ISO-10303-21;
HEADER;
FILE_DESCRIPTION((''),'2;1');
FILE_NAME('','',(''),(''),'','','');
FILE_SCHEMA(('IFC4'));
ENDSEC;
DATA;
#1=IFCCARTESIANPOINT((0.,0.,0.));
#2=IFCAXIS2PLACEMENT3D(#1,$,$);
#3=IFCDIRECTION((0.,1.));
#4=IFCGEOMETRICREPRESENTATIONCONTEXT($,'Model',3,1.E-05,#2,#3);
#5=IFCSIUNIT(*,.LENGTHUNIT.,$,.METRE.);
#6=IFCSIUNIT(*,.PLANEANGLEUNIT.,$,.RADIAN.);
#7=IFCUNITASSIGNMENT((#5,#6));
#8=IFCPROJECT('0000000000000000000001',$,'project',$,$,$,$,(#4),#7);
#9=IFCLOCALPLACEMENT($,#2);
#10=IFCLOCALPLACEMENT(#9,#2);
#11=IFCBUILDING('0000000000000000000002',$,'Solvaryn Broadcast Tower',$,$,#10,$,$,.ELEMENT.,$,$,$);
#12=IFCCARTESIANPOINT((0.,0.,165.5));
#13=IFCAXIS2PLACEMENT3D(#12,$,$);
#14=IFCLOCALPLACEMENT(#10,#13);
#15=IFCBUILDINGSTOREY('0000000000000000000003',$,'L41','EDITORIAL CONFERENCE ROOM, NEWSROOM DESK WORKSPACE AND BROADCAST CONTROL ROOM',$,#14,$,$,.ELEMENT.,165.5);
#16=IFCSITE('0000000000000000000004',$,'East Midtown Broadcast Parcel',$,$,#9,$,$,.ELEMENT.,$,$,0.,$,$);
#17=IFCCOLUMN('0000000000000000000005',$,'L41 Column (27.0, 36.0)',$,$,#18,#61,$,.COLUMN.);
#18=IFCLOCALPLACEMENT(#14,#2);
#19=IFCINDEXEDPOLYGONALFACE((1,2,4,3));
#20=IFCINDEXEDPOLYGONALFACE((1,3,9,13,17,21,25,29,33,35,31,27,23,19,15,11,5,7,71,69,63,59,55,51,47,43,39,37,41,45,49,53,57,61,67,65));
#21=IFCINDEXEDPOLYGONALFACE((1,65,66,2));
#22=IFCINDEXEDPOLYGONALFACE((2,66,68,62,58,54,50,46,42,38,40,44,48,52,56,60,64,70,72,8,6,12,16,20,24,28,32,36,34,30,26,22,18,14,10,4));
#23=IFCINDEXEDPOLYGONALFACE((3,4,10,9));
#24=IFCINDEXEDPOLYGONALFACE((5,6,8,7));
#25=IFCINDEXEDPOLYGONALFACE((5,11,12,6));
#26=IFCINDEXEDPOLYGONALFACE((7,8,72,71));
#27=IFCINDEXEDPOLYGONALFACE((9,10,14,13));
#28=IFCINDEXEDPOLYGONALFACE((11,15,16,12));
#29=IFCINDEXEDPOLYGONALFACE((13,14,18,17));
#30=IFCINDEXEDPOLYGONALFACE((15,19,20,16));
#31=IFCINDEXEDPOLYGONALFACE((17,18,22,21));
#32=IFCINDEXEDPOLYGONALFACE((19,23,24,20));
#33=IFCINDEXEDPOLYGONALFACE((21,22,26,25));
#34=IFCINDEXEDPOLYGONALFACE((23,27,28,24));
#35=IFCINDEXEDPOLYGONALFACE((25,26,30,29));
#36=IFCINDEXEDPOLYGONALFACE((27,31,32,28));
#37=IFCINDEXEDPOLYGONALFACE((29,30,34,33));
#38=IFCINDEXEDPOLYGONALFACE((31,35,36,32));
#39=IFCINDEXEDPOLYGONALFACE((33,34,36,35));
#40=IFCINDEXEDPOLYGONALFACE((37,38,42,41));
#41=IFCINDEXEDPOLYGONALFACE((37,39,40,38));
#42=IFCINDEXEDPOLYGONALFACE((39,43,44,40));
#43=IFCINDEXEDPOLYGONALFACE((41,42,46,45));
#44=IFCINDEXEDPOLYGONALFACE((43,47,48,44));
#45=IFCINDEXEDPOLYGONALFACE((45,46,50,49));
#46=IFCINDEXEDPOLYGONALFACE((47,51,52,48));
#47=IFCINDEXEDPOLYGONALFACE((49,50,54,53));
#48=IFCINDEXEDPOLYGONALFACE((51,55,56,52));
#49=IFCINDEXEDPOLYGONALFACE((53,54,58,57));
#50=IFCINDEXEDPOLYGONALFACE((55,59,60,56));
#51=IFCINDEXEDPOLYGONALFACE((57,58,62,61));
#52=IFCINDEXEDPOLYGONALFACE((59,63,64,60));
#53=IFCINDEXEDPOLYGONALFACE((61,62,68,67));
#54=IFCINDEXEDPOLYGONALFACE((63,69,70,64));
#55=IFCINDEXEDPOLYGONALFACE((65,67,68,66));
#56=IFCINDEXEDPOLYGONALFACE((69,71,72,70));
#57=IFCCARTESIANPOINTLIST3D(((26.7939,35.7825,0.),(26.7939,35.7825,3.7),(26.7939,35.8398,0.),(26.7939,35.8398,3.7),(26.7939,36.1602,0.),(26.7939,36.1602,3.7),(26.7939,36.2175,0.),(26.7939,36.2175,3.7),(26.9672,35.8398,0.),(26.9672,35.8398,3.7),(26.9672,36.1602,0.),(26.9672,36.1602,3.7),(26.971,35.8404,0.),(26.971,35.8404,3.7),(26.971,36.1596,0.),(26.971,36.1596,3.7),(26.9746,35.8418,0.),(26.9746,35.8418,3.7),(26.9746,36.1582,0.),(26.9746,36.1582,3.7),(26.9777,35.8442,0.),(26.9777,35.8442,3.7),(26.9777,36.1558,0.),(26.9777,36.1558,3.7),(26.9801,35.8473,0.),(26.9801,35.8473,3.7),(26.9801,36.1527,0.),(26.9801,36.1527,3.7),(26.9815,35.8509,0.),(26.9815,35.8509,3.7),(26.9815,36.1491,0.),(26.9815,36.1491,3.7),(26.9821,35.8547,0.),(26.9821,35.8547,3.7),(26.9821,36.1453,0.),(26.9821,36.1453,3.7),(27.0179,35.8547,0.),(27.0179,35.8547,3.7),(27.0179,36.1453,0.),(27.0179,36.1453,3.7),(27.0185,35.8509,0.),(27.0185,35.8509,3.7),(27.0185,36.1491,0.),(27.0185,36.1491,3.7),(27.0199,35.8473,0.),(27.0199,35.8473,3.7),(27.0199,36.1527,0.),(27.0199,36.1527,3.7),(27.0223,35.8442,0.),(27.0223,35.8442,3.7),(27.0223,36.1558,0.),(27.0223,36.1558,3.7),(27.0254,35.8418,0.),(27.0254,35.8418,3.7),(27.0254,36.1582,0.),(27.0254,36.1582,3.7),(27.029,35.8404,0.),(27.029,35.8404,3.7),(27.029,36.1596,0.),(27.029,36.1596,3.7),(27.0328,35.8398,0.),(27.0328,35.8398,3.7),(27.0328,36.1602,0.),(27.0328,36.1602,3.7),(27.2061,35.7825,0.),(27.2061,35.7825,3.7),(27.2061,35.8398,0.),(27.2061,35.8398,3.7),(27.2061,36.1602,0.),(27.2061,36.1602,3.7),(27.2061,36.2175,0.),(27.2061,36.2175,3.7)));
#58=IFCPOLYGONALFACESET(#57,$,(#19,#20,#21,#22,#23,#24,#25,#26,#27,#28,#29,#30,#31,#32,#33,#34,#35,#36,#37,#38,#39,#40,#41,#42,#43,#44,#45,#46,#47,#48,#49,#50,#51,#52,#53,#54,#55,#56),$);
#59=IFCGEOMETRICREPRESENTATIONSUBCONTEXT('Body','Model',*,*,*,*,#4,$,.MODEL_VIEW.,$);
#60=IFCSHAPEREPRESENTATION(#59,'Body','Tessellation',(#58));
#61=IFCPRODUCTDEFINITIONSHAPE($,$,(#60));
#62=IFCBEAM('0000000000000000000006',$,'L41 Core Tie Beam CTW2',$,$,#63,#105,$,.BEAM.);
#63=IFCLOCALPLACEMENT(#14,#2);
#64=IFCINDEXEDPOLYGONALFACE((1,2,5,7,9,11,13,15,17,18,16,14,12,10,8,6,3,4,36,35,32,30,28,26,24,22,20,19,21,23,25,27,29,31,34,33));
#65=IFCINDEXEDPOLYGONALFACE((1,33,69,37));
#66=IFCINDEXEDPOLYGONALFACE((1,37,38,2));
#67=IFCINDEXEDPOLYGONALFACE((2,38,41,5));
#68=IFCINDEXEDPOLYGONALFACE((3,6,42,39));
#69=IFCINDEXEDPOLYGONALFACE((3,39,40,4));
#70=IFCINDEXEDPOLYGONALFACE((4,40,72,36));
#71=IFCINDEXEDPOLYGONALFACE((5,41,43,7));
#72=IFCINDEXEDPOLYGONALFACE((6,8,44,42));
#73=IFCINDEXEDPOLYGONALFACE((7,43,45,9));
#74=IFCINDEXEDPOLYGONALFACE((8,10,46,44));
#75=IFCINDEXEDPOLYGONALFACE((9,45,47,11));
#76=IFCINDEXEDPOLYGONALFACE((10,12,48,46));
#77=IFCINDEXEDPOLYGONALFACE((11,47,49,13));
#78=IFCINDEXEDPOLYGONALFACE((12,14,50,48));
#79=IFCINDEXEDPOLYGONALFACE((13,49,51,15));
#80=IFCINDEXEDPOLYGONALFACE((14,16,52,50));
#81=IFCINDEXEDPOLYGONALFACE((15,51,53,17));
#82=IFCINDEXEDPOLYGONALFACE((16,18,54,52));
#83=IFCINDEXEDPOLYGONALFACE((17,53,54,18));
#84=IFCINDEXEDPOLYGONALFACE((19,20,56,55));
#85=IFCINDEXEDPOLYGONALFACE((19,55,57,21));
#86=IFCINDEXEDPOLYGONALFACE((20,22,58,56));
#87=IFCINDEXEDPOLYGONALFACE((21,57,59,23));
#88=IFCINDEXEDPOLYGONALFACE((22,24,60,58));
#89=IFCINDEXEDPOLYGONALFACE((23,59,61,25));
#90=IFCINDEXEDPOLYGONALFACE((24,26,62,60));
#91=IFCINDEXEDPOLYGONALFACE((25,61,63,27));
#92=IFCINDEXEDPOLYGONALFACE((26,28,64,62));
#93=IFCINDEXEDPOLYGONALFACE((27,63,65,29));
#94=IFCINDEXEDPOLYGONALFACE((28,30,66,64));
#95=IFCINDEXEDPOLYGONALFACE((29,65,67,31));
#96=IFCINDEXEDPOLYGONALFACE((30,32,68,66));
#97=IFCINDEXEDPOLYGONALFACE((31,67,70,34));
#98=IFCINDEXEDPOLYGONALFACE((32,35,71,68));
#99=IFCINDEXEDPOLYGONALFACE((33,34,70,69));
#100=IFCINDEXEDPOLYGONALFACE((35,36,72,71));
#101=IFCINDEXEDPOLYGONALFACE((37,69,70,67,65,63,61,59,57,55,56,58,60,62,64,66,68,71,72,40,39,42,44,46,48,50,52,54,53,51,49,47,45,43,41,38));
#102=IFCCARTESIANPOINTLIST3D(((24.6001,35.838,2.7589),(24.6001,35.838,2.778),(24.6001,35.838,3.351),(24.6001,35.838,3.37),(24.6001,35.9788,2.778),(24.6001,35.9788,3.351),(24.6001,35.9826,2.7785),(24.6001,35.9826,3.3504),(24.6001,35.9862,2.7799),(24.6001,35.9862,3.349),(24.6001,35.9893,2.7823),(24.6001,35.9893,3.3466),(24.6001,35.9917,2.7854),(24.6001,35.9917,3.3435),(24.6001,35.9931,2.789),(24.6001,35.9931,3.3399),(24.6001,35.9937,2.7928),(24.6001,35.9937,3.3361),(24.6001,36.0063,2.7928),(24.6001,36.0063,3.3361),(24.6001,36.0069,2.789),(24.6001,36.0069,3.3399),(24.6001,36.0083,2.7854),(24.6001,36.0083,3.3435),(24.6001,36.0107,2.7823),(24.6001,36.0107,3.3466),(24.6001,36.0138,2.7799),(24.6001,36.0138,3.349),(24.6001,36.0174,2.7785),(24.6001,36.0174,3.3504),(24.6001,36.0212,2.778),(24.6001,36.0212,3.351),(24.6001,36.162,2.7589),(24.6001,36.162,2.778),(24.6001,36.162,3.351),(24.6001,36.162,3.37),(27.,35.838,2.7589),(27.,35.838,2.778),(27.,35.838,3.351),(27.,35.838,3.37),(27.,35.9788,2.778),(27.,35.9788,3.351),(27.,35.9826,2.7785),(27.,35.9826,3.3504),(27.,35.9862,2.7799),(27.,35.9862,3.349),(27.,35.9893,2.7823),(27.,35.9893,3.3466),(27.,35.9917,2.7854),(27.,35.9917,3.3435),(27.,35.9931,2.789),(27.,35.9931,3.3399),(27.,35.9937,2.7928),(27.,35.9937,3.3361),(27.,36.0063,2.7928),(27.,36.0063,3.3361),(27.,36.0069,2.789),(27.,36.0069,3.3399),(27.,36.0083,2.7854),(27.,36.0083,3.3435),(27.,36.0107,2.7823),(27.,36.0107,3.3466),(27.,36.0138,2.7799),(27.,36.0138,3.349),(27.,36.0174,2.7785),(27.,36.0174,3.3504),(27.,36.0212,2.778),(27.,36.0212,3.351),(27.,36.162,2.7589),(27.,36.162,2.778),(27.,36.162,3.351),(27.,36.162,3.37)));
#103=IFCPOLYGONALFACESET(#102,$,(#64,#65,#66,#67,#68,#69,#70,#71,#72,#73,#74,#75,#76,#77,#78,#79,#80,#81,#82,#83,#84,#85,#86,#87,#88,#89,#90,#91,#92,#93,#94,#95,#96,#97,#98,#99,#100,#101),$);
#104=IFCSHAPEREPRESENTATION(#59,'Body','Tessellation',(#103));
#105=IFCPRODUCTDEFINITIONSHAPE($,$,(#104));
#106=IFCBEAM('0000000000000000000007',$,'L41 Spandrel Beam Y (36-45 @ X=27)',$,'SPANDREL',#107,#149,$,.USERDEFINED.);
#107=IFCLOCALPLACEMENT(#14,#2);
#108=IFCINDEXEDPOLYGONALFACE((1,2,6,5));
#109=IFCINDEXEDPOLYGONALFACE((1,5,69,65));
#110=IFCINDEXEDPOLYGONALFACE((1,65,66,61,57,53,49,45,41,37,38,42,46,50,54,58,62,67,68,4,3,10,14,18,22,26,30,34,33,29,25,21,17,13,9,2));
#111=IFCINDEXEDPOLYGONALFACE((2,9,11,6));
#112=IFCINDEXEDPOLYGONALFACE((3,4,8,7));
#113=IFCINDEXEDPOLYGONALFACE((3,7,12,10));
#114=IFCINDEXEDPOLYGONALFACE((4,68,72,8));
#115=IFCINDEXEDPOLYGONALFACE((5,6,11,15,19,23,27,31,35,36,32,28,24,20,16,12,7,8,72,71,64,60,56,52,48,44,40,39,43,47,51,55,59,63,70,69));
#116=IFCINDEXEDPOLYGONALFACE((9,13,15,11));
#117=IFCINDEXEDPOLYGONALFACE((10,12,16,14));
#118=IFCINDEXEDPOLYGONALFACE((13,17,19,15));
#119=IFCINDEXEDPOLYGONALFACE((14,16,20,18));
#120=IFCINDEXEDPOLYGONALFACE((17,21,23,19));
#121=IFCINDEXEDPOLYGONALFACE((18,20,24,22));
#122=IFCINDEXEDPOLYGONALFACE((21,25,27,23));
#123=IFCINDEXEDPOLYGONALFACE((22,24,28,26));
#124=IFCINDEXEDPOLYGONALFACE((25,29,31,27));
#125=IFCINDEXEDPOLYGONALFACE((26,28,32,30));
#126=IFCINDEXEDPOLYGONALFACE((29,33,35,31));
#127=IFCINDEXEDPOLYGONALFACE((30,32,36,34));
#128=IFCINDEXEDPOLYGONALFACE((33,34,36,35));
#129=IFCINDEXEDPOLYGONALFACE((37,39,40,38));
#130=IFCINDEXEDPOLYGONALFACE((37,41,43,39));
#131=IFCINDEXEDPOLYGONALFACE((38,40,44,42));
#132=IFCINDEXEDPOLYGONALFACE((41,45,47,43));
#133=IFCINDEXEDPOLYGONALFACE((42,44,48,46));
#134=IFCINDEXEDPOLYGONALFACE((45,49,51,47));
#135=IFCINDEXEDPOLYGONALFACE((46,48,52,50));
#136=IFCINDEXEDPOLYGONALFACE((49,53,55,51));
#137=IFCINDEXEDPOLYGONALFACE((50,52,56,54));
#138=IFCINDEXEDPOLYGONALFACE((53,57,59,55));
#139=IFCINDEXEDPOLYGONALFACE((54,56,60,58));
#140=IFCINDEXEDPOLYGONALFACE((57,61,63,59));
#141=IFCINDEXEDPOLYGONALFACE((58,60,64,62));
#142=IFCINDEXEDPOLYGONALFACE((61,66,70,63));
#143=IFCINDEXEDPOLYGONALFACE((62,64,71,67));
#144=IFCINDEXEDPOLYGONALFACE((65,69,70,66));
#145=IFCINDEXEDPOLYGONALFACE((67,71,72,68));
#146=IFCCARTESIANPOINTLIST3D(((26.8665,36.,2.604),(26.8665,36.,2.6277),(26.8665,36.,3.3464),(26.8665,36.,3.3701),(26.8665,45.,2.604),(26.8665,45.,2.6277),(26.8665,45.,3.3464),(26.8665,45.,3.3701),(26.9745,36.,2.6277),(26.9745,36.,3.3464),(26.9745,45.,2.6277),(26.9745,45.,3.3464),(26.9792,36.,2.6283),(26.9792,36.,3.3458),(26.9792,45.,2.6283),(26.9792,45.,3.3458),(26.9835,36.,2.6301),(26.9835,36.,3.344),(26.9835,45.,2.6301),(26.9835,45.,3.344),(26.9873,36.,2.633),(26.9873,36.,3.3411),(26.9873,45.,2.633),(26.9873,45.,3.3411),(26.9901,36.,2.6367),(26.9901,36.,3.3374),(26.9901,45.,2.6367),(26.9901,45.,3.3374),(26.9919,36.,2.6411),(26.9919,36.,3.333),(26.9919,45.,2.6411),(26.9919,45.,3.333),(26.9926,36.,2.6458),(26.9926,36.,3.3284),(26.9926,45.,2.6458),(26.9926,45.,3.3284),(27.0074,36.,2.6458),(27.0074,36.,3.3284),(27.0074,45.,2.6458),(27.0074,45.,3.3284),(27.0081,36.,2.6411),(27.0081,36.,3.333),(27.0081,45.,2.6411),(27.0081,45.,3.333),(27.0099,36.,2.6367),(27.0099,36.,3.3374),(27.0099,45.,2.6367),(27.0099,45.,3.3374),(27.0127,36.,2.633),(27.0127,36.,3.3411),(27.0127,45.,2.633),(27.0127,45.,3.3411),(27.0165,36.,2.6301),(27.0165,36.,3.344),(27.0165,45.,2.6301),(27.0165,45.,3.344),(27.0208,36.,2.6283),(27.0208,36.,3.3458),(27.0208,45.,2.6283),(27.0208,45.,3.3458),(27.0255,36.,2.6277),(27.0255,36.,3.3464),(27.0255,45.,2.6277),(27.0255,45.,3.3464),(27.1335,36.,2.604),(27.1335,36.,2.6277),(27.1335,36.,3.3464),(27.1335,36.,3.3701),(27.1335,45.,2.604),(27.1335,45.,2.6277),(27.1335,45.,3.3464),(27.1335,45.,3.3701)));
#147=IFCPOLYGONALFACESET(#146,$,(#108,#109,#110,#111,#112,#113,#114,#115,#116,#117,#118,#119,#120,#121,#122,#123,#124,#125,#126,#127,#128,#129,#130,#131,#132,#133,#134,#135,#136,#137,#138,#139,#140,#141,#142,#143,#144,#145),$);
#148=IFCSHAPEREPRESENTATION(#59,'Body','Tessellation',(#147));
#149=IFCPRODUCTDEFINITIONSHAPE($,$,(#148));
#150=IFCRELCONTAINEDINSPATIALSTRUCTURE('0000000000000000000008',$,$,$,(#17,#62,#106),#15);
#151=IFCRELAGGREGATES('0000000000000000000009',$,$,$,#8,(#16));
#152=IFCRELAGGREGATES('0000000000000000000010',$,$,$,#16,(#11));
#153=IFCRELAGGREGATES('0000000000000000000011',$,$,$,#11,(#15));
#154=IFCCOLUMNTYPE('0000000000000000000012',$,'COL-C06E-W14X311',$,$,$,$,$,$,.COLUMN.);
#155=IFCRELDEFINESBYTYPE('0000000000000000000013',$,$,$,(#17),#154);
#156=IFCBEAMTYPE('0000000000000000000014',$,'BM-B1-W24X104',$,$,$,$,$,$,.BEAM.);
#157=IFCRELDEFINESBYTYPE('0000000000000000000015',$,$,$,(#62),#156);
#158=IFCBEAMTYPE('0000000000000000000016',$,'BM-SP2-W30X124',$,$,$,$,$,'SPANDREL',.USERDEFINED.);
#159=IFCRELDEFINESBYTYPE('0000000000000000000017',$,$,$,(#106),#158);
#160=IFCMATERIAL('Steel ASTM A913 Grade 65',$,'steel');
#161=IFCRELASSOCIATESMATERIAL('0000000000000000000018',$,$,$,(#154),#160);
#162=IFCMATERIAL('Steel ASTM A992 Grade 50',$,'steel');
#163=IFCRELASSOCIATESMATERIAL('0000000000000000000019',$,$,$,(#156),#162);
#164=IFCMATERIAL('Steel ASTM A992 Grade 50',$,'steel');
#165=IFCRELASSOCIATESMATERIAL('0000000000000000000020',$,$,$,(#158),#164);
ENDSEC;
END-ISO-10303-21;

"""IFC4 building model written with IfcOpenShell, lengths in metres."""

from ifc_helpers import new_model, si_unit, direction, frame, origin, origin_2d, place, context, subcontext, project, spatial, i_section, extrude, material, material_profile, profile_set, type_object, element, save


model = new_model("IFC4")

# Units and contexts
model_context = context("Model", 3, precision=1e-05, world=origin(), true_north=direction((0.0, 1.0)))
body_context = subcontext(model_context, "Body", "Model", "MODEL_VIEW")
ifc_project = project(units=[si_unit("LENGTHUNIT", "METRE"), si_unit("PLANEANGLEUNIT", "RADIAN")], contexts=[model_context])

# Site, building, storey
site_placement = place(None, origin())
site = spatial("IfcSite", under=ifc_project, at=site_placement, Name="East Midtown Broadcast Parcel", CompositionType="ELEMENT", RefElevation=0.0)
building_placement = place(site_placement, origin())
building = spatial("IfcBuilding", under=site, at=building_placement, Name="Solvaryn Broadcast Tower", CompositionType="ELEMENT")
storey_placement = place(building_placement, frame((0.0, 0.0, 165.5)))
storey = spatial("IfcBuildingStorey", under=building, at=storey_placement, Name="L41", Description="EDITORIAL CONFERENCE ROOM, NEWSROOM DESK WORKSPACE AND BROADCAST CONTROL ROOM", CompositionType="ELEMENT", Elevation=165.5)

# Column
ifc_material_1 = material(Name="Steel ASTM A913 Grade 65", Category="steel")
ifc_material_profile_1 = material_profile(ifc_material_1, i_section(OverallWidth=0.4121, OverallDepth=0.4351, WebThickness=0.0359, FlangeThickness=0.0574, FilletRadius=0.0149, at=origin_2d()))
ifc_profile_set_1 = profile_set([ifc_material_profile_1], Name="Steel ASTM A913 Grade 65")
column_type = type_object("IfcColumnType", Name="COL-C06E-W14X311", PredefinedType="COLUMN", material=ifc_profile_set_1)
column_placement = place(storey_placement, frame((27.0, 36.0, 0.0), z_axis=(0.0, 0.0, 1.0), x_axis=(1.0, 0.0, 0.0)))
element("IfcColumn", 1, at=column_placement, inside=storey, type_object=column_type, Name="L41 Column (27.0, 36.0)", PredefinedType="COLUMN", context=body_context, shape_type="SweptSolid", body=[
    extrude(i_section(OverallWidth=0.4121, OverallDepth=0.4351, WebThickness=0.0359, FlangeThickness=0.0574, FilletRadius=0.0149, at=origin_2d()), origin(), (0.0, 0.0, 1.0), 3.7),
])

# Beams
ifc_material_2 = material(Name="Steel ASTM A992 Grade 50", Category="steel")
ifc_material_profile_2 = material_profile(ifc_material_2, i_section(OverallWidth=0.324, OverallDepth=0.6111, WebThickness=0.0127, FlangeThickness=0.019, FilletRadius=0.0149, at=origin_2d()))
ifc_profile_set_2 = profile_set([ifc_material_profile_2], Name="Steel ASTM A992 Grade 50")
beam_type_1 = type_object("IfcBeamType", Name="BM-B1-W24X104", PredefinedType="BEAM", material=ifc_profile_set_2)
beam_1_placement = place(storey_placement, frame((24.6001, 36.0, 3.0645), z_axis=(1.0, 0.0, 0.0), x_axis=(0.0, 1.0, 0.0)))
element("IfcBeam", 2, at=beam_1_placement, inside=storey, type_object=beam_type_1, Name="L41 Core Tie Beam CTW2", PredefinedType="BEAM", context=body_context, shape_type="SweptSolid", body=[
    extrude(i_section(OverallWidth=0.324, OverallDepth=0.6111, WebThickness=0.0127, FlangeThickness=0.019, FilletRadius=0.0149, at=origin_2d()), origin(), (0.0, 0.0, 1.0), 2.3999),
])
ifc_material_3 = material(Name="Steel ASTM A992 Grade 50", Category="steel")
ifc_material_profile_3 = material_profile(ifc_material_3, i_section(OverallWidth=0.2671, OverallDepth=0.7661, WebThickness=0.0149, FlangeThickness=0.0237, FilletRadius=0.0181, at=origin_2d()))
ifc_profile_set_3 = profile_set([ifc_material_profile_3], Name="Steel ASTM A992 Grade 50")
beam_type_2 = type_object("IfcBeamType", Name="BM-SP2-W30X124", ElementType="SPANDREL", PredefinedType="USERDEFINED", material=ifc_profile_set_3)
beam_2_placement = place(storey_placement, frame((27.0, 36.0, 2.9871), z_axis=(0.0, 1.0, 0.0), x_axis=(-1.0, 0.0, 0.0)))
element("IfcBeam", 3, at=beam_2_placement, inside=storey, type_object=beam_type_2, Name="L41 Spandrel Beam Y (36-45 @ X=27)", ObjectType="SPANDREL", PredefinedType="USERDEFINED", context=body_context, shape_type="SweptSolid", body=[
    extrude(i_section(OverallWidth=0.2671, OverallDepth=0.7661, WebThickness=0.0149, FlangeThickness=0.0237, FilletRadius=0.0181, at=origin_2d()), origin(), (0.0, 0.0, 1.0), 9.0),
])

save(model, "model.ifc")
